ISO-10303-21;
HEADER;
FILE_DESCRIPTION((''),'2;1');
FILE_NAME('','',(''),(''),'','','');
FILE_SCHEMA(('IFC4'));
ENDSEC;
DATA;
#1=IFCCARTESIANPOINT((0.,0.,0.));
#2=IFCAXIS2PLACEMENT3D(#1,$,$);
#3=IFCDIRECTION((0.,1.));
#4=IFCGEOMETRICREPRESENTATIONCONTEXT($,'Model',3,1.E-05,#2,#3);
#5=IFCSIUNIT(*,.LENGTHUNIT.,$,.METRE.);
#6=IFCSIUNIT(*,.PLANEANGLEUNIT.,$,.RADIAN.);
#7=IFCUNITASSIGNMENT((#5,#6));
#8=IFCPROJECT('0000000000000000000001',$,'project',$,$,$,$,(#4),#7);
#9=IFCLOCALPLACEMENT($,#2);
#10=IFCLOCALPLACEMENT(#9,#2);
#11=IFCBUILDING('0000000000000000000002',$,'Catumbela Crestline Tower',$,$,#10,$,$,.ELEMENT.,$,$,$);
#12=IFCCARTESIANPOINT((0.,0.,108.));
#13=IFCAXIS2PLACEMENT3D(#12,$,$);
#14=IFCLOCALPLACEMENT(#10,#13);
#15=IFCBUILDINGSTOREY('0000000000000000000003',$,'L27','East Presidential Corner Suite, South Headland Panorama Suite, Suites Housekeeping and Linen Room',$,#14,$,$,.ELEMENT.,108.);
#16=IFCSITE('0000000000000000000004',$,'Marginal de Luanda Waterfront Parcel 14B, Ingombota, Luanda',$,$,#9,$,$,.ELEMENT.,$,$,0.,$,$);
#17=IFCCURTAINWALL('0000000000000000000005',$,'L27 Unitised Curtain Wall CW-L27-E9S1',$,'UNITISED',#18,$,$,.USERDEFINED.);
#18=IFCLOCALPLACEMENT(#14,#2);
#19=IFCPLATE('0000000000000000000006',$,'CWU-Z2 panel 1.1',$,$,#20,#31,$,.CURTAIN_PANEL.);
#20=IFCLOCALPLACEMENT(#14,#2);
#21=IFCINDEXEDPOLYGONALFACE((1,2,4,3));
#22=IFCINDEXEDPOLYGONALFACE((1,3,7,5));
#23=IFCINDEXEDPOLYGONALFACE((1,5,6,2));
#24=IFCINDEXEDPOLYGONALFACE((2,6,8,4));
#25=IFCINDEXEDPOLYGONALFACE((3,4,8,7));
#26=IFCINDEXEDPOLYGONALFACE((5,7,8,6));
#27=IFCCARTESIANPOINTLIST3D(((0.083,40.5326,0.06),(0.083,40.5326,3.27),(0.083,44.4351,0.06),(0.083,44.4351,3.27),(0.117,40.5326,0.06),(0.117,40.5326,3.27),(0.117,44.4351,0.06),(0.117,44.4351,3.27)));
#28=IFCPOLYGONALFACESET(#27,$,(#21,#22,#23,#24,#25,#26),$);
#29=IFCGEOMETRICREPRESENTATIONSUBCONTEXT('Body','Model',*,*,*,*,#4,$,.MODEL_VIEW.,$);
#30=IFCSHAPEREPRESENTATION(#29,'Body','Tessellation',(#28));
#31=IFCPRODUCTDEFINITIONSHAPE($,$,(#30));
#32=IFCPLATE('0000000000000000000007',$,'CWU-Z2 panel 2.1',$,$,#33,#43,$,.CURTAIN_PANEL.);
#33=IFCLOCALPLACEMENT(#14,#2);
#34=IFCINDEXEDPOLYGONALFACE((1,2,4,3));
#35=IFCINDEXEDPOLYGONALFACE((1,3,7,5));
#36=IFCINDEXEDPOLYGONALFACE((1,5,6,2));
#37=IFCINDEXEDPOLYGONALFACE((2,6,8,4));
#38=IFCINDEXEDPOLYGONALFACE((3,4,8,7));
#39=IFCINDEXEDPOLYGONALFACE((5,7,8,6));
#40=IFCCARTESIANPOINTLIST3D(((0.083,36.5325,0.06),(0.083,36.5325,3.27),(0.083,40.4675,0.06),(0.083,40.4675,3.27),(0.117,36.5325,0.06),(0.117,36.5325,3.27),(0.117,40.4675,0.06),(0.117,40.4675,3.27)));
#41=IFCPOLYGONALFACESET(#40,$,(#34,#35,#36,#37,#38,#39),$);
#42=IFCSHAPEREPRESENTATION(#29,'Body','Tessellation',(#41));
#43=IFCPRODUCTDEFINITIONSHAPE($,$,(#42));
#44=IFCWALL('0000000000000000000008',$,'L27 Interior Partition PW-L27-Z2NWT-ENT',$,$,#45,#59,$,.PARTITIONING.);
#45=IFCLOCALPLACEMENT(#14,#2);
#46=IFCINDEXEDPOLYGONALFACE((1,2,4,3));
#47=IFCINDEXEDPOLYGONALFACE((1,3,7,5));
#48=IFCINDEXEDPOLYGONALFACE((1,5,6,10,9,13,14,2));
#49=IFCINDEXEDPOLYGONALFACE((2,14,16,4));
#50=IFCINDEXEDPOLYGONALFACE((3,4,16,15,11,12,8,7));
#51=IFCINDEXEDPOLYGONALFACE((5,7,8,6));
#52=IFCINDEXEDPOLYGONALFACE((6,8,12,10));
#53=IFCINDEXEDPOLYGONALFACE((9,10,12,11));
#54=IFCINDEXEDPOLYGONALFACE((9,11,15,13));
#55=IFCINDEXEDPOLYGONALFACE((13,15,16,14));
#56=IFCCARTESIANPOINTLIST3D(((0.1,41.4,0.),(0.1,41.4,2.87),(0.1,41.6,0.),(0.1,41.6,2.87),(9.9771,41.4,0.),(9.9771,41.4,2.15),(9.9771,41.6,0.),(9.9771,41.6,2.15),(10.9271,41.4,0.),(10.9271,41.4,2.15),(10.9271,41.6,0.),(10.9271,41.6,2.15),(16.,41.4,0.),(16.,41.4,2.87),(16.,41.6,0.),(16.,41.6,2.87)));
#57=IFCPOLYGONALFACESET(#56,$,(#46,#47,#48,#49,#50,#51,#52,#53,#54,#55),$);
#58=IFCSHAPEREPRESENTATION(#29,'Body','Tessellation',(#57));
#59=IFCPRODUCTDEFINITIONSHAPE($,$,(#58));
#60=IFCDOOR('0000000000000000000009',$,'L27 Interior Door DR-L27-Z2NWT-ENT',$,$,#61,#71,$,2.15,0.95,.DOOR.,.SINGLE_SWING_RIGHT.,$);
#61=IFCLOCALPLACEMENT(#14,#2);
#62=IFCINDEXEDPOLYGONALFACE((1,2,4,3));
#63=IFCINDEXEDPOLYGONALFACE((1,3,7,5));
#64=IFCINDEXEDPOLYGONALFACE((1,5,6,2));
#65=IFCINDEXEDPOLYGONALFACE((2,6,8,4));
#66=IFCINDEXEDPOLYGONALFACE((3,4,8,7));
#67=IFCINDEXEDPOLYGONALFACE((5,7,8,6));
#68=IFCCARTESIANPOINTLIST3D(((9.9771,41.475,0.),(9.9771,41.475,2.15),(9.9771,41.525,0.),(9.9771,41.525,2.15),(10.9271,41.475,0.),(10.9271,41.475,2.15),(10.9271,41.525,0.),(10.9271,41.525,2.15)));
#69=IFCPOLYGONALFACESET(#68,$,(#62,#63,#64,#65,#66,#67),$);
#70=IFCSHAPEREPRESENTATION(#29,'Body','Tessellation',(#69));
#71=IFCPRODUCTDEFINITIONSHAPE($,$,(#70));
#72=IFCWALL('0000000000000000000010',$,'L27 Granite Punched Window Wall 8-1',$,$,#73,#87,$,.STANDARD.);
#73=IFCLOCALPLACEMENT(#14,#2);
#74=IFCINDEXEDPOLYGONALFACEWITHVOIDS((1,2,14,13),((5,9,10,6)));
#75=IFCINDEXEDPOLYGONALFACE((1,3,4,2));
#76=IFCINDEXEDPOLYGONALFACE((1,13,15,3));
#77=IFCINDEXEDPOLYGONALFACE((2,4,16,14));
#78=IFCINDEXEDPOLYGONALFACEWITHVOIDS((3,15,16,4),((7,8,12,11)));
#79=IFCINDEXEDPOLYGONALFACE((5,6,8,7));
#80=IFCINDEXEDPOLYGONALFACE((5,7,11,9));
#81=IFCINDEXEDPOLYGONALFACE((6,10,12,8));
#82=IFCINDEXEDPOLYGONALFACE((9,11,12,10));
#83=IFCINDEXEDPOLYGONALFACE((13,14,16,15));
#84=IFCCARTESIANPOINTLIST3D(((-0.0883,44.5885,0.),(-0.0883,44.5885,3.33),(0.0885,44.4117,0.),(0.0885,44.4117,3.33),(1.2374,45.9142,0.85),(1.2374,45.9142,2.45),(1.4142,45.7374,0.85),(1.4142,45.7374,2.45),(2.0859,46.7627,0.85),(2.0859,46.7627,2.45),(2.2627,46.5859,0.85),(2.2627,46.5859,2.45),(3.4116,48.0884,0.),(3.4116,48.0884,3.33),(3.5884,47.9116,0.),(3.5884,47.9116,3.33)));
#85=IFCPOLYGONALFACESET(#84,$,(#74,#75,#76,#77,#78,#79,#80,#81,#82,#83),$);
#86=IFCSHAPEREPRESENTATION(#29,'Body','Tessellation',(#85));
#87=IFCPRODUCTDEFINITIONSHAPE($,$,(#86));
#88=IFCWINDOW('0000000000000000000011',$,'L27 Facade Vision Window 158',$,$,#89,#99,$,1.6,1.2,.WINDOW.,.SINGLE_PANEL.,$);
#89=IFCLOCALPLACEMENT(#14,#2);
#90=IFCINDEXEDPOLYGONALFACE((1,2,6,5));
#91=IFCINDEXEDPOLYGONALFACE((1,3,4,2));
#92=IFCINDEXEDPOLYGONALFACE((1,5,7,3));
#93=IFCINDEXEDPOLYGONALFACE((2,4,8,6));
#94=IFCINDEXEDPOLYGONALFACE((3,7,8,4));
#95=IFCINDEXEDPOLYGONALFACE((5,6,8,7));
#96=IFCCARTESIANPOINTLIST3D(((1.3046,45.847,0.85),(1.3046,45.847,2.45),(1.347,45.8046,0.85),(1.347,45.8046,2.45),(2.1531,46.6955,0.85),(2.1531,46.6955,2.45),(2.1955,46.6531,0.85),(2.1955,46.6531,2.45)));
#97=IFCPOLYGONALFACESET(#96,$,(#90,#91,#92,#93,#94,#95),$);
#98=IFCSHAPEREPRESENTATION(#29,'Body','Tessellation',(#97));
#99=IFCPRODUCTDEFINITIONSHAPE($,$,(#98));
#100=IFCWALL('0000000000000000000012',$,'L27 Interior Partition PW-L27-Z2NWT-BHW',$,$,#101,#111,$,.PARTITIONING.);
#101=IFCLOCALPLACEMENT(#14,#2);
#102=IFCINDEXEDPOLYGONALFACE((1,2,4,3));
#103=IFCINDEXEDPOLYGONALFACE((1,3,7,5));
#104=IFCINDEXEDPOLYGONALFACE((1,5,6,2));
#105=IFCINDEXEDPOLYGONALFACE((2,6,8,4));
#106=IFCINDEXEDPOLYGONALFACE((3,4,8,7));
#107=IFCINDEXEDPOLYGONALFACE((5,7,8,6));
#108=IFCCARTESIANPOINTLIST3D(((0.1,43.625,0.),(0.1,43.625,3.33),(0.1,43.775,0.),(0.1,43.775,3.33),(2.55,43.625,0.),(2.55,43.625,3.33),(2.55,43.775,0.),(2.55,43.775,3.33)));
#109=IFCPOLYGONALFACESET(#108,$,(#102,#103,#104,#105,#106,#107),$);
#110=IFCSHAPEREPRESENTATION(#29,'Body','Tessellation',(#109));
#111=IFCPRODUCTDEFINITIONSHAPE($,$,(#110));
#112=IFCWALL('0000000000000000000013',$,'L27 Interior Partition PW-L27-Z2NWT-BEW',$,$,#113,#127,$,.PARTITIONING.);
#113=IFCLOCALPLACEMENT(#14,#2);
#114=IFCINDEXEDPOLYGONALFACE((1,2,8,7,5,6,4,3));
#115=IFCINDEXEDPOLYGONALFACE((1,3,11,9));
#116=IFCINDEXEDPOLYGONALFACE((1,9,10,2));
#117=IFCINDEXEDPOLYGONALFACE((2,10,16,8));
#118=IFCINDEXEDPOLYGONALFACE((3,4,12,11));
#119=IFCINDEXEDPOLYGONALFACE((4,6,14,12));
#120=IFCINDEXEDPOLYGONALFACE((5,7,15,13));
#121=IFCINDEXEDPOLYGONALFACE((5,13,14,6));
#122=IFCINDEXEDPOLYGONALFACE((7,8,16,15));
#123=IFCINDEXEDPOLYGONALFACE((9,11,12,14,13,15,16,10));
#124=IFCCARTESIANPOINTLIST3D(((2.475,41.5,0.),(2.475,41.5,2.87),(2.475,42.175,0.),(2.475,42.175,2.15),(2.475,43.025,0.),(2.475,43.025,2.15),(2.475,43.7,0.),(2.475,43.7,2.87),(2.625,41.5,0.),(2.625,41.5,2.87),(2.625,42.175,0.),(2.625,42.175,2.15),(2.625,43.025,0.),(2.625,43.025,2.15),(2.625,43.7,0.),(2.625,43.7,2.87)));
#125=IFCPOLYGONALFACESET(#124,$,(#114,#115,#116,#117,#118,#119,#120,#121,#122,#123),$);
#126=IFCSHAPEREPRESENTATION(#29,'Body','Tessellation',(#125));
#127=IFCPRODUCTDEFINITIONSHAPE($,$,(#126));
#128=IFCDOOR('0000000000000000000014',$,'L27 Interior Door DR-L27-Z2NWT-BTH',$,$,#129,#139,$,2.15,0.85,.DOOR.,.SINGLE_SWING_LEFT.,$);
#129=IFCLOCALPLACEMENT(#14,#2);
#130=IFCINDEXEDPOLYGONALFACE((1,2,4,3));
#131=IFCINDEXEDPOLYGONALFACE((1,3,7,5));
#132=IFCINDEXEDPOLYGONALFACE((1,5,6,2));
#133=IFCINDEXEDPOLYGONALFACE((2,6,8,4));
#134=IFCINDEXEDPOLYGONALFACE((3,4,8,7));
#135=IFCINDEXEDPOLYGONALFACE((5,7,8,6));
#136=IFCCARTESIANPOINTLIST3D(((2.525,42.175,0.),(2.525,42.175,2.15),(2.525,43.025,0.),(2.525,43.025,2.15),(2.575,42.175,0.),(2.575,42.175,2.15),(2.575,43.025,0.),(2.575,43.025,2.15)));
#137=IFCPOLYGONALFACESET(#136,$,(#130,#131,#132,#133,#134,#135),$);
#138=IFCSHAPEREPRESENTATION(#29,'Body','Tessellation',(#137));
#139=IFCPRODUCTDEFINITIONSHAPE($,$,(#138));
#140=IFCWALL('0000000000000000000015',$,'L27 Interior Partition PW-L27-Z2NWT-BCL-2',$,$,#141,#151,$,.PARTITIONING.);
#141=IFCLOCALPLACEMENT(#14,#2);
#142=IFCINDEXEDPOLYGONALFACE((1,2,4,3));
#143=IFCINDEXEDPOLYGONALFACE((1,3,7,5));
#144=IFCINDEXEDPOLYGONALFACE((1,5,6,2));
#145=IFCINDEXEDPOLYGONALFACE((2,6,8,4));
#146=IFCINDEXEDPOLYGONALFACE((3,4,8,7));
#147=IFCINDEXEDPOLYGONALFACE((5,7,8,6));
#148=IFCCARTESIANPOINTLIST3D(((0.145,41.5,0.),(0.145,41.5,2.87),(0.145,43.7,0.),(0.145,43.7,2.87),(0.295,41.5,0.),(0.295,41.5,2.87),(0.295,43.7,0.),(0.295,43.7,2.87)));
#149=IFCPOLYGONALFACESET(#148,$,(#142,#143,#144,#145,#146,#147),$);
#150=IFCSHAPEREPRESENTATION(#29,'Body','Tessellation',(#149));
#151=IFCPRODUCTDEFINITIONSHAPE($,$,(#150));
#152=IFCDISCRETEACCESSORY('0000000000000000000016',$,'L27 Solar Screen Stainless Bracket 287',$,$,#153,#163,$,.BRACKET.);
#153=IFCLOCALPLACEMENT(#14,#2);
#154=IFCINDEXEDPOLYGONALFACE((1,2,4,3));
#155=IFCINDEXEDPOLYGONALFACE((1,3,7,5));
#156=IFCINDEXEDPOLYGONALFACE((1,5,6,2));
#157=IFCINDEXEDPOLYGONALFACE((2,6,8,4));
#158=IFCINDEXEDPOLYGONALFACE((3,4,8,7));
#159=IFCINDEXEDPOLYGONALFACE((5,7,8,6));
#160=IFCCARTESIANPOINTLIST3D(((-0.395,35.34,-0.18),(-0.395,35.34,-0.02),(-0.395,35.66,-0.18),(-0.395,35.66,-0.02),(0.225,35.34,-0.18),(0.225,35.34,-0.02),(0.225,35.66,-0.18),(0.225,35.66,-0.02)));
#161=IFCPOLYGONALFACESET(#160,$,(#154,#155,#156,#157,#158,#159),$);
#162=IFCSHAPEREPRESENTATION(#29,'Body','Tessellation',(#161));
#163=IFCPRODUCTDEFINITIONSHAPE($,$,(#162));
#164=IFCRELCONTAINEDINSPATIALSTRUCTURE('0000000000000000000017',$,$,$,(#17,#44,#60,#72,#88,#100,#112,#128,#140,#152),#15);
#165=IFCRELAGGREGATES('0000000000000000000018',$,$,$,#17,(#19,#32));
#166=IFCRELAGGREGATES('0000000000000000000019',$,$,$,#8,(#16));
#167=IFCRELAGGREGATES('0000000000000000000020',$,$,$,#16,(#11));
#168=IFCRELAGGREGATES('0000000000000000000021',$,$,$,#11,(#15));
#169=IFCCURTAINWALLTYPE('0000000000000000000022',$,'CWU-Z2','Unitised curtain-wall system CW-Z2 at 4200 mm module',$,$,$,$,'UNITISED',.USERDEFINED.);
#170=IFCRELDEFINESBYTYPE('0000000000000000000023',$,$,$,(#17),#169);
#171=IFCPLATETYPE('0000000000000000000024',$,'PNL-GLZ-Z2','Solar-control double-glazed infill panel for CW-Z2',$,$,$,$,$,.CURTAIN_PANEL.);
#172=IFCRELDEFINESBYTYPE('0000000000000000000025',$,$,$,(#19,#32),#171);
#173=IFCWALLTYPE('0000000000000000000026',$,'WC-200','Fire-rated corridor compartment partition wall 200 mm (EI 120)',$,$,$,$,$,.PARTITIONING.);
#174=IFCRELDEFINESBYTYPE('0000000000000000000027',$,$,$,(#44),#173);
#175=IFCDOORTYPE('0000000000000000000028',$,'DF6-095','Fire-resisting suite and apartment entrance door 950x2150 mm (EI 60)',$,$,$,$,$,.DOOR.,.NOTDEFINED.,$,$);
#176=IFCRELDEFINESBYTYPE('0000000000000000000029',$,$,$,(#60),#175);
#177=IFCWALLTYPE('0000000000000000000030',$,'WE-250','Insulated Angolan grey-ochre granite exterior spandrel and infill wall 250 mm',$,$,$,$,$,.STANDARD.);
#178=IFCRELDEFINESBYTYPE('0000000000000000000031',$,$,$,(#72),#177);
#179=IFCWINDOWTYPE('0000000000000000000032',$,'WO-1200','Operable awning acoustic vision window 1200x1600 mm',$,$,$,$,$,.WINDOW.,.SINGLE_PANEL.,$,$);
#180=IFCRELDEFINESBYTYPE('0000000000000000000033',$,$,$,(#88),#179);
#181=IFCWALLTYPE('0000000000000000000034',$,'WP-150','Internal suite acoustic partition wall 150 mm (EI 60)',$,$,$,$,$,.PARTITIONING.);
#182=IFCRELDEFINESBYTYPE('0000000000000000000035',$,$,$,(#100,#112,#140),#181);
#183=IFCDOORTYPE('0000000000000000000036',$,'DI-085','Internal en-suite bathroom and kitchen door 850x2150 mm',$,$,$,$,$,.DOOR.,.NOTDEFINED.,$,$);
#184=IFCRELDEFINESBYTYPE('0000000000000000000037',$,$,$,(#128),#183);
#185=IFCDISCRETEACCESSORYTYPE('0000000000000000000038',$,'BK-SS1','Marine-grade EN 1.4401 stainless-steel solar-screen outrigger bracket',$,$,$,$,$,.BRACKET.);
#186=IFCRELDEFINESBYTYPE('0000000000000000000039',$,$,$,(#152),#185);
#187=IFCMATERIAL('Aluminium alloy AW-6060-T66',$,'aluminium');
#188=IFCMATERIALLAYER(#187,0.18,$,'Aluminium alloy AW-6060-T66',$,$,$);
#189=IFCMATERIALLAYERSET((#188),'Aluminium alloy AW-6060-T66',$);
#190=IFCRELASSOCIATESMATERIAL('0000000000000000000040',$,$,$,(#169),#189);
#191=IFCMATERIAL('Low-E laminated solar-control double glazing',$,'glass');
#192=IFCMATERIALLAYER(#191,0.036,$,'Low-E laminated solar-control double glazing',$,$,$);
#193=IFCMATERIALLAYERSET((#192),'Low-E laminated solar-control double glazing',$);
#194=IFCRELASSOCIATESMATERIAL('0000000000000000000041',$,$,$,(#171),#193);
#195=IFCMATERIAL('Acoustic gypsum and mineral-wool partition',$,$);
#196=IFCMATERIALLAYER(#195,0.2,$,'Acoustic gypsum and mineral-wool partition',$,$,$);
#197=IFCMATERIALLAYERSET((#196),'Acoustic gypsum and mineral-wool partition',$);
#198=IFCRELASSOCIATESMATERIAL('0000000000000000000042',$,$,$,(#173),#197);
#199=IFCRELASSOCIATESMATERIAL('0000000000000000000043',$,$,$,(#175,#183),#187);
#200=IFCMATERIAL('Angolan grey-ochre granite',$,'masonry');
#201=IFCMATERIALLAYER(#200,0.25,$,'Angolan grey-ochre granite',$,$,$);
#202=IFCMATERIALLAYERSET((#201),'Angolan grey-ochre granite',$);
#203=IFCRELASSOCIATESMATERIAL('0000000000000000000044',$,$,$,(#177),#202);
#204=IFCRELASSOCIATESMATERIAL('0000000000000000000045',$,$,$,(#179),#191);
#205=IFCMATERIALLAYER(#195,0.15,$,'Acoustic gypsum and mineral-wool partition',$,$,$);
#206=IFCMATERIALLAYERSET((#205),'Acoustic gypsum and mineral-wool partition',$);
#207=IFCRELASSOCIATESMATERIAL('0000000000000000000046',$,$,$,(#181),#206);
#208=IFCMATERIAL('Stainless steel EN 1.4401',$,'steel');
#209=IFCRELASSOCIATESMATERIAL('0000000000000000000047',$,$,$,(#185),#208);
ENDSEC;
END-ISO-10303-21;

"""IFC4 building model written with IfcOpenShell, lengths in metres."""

from ifc_helpers import new_model, si_unit, direction, frame, frame_2d, origin, origin_2d, place, context, subcontext, project, spatial, rectangle, extrude, material, layer, layer_set, type_object, element, fill, aggregate, save


model = new_model("IFC4")

# Units and contexts
model_context = context("Model", 3, precision=1e-05, world=origin(), true_north=direction((0.0, 1.0)))
body_context = subcontext(model_context, "Body", "Model", "MODEL_VIEW")
ifc_project = project(units=[si_unit("LENGTHUNIT", "METRE"), si_unit("PLANEANGLEUNIT", "RADIAN")], contexts=[model_context])

# Site, building, storey
site_placement = place(None, origin())
site = spatial("IfcSite", under=ifc_project, at=site_placement, Name="Marginal de Luanda Waterfront Parcel 14B, Ingombota, Luanda", CompositionType="ELEMENT", RefElevation=0.0)
building_placement = place(site_placement, origin())
building = spatial("IfcBuilding", under=site, at=building_placement, Name="Catumbela Crestline Tower", CompositionType="ELEMENT")
storey_placement = place(building_placement, frame((0.0, 0.0, 108.0)))
storey = spatial("IfcBuildingStorey", under=building, at=storey_placement, Name="L27", Description="East Presidential Corner Suite, South Headland Panorama Suite, Suites Housekeeping and Linen Room", CompositionType="ELEMENT", Elevation=108.0)

# Shared definitions
ifc_material_1 = material(Name="Aluminium alloy AW-6060-T66", Category="aluminium")
ifc_layer_1 = layer(ifc_material_1, 0.18, Name="Aluminium alloy AW-6060-T66")
ifc_layer_set_1 = layer_set([ifc_layer_1], Name="Aluminium alloy AW-6060-T66")
curtain_wall_type = type_object("IfcCurtainWallType", Name="CWU-Z2", Description="Unitised curtain-wall system CW-Z2 at 4200 mm module", ElementType="UNITISED", PredefinedType="USERDEFINED", material=ifc_layer_set_1)

# Curtain wall
curtain_wall_1_placement = place(storey_placement, origin())
curtain_wall_1 = element("IfcCurtainWall", 1, at=curtain_wall_1_placement, inside=storey, type_object=curtain_wall_type, Name="L27 Unitised Curtain Wall CW-L27-E9S1", ObjectType="UNITISED", PredefinedType="USERDEFINED")

# Plates
ifc_material_2 = material(Name="Low-E laminated solar-control double glazing", Category="glass")
ifc_layer_2 = layer(ifc_material_2, 0.036, Name="Low-E laminated solar-control double glazing")
ifc_layer_set_2 = layer_set([ifc_layer_2], Name="Low-E laminated solar-control double glazing")
plate_type = type_object("IfcPlateType", Name="PNL-GLZ-Z2", Description="Solar-control double-glazed infill panel for CW-Z2", PredefinedType="CURTAIN_PANEL", material=ifc_layer_set_2)
plate_1_placement = place(storey_placement, frame((0.1, 42.4838, 0.06), z_axis=(0.0, 0.0, 1.0), x_axis=(0.0, -1.0, 0.0)))
plate_1 = element("IfcPlate", 2, at=plate_1_placement, type_object=plate_type, Name="CWU-Z2 panel 1.1", PredefinedType="CURTAIN_PANEL", context=body_context, shape_type="SweptSolid", body=[
    extrude(rectangle(XDim=3.9025, YDim=0.034, at=origin_2d()), origin(), (0.0, 0.0, 1.0), 3.21),
])
plate_2_placement = place(storey_placement, frame((0.1, 38.5, 0.06), z_axis=(0.0, 0.0, 1.0), x_axis=(0.0, -1.0, 0.0)))
plate_2 = element("IfcPlate", 3, at=plate_2_placement, type_object=plate_type, Name="CWU-Z2 panel 2.1", PredefinedType="CURTAIN_PANEL", context=body_context, shape_type="SweptSolid", body=[
    extrude(rectangle(XDim=3.935, YDim=0.034, at=origin_2d()), origin(), (0.0, 0.0, 1.0), 3.21),
])
aggregate(curtain_wall_1, [plate_1, plate_2])

# Wall, opening, door
ifc_material_3 = material(Name="Acoustic gypsum and mineral-wool partition")
ifc_layer_3 = layer(ifc_material_3, 0.2, Name="Acoustic gypsum and mineral-wool partition")
ifc_layer_set_3 = layer_set([ifc_layer_3], Name="Acoustic gypsum and mineral-wool partition")
wall_type_1 = type_object("IfcWallType", Name="WC-200", Description="Fire-rated corridor compartment partition wall 200 mm (EI 120)", PredefinedType="PARTITIONING", material=ifc_layer_set_3)
wall_1_placement = place(storey_placement, frame((0.1, 41.5, 0.0), z_axis=(0.0, 0.0, 1.0), x_axis=(1.0, 0.0, 0.0)))
wall_1 = element("IfcWall", 4, at=wall_1_placement, inside=storey, type_object=wall_type_1, Name="L27 Interior Partition PW-L27-Z2NWT-ENT", PredefinedType="PARTITIONING", context=body_context, shape_type="SweptSolid", body=[
    extrude(rectangle(XDim=15.9, YDim=0.2, at=frame_2d((7.95, 0.0))), origin(), (0.0, 0.0, 1.0), 2.87),
])
opening_1_placement = place(wall_1_placement, frame((9.8771, 0.0, 0.0)))
opening_1 = element("IfcOpeningElement", 5, at=opening_1_placement, cuts=wall_1, PredefinedType="OPENING", context=body_context, shape_type="SweptSolid", body=[
    extrude(rectangle(XDim=0.95, YDim=2.15, at=frame_2d((0.475, 1.075))), frame((0.0, 0.11, 0.0), z_axis=(0.0, -1.0, 0.0), x_axis=(1.0, 0.0, 0.0)), (0.0, 0.0, 1.0), 0.22),
])
door_type_1 = type_object("IfcDoorType", Name="DF6-095", Description="Fire-resisting suite and apartment entrance door 950x2150 mm (EI 60)", OperationType="NOTDEFINED", PredefinedType="DOOR", material=ifc_material_1)
door_1_placement = place(opening_1_placement, origin())
door_1 = element("IfcDoor", 6, at=door_1_placement, inside=storey, type_object=door_type_1, Name="L27 Interior Door DR-L27-Z2NWT-ENT", OperationType="SINGLE_SWING_RIGHT", OverallHeight=2.15, OverallWidth=0.95, PredefinedType="DOOR", context=body_context, shape_type="SweptSolid", body=[
    extrude(rectangle(XDim=0.95, YDim=2.15, at=frame_2d((0.475, 1.075))), frame((0.0, 0.025, 0.0), z_axis=(0.0, -1.0, 0.0), x_axis=(1.0, 0.0, 0.0)), (0.0, 0.0, 1.0), 0.05),
])
fill(opening_1, door_1)

# Wall, opening, window
ifc_material_4 = material(Name="Angolan grey-ochre granite", Category="masonry")
ifc_layer_4 = layer(ifc_material_4, 0.25, Name="Angolan grey-ochre granite")
ifc_layer_set_4 = layer_set([ifc_layer_4], Name="Angolan grey-ochre granite")
wall_type_2 = type_object("IfcWallType", Name="WE-250", Description="Insulated Angolan grey-ochre granite exterior spandrel and infill wall 250 mm", PredefinedType="STANDARD", material=ifc_layer_set_4)
wall_2_placement = place(storey_placement, frame((3.5, 48.0, 0.0), z_axis=(0.0, 0.0, 1.0), x_axis=(-0.707107, -0.707107, 0.0)))
wall_2 = element("IfcWall", 7, at=wall_2_placement, inside=storey, type_object=wall_type_2, Name="L27 Granite Punched Window Wall 8-1", PredefinedType="STANDARD", context=body_context, shape_type="SweptSolid", body=[
    extrude(rectangle(XDim=4.9497, YDim=0.25, at=frame_2d((2.4748, 0.0))), origin(), (0.0, 0.0, 1.0), 3.33),
])
opening_2_placement = place(wall_2_placement, frame((1.8748, 0.0, 0.85)))
opening_2 = element("IfcOpeningElement", 8, at=opening_2_placement, cuts=wall_2, PredefinedType="OPENING", context=body_context, shape_type="SweptSolid", body=[
    extrude(rectangle(XDim=1.2, YDim=1.6, at=frame_2d((0.6, 0.8))), frame((0.0, 0.135, 0.0), z_axis=(0.0, -1.0, 0.0), x_axis=(1.0, 0.0, 0.0)), (0.0, 0.0, 1.0), 0.27),
])
window_type = type_object("IfcWindowType", Name="WO-1200", Description="Operable awning acoustic vision window 1200x1600 mm", PartitioningType="SINGLE_PANEL", PredefinedType="WINDOW", material=ifc_material_2)
window_placement = place(opening_2_placement, origin())
window = element("IfcWindow", 9, at=window_placement, inside=storey, type_object=window_type, Name="L27 Facade Vision Window 158", OverallHeight=1.6, OverallWidth=1.2, PartitioningType="SINGLE_PANEL", PredefinedType="WINDOW", context=body_context, shape_type="SweptSolid", body=[
    extrude(rectangle(XDim=1.2, YDim=1.6, at=frame_2d((0.6, 0.8))), frame((0.0, 0.03, 0.0), z_axis=(0.0, -1.0, 0.0), x_axis=(1.0, 0.0, 0.0)), (0.0, 0.0, 1.0), 0.06),
])
fill(opening_2, window)

# Wall
ifc_layer_5 = layer(ifc_material_3, 0.15, Name="Acoustic gypsum and mineral-wool partition")
ifc_layer_set_5 = layer_set([ifc_layer_5], Name="Acoustic gypsum and mineral-wool partition")
wall_type_3 = type_object("IfcWallType", Name="WP-150", Description="Internal suite acoustic partition wall 150 mm (EI 60)", PredefinedType="PARTITIONING", material=ifc_layer_set_5)
wall_3_placement = place(storey_placement, frame((0.1, 43.7, 0.0), z_axis=(0.0, 0.0, 1.0), x_axis=(1.0, 0.0, 0.0)))
element("IfcWall", 10, at=wall_3_placement, inside=storey, type_object=wall_type_3, Name="L27 Interior Partition PW-L27-Z2NWT-BHW", PredefinedType="PARTITIONING", context=body_context, shape_type="SweptSolid", body=[
    extrude(rectangle(XDim=2.45, YDim=0.15, at=frame_2d((1.225, 0.0))), origin(), (0.0, 0.0, 1.0), 3.33),
])

# Wall, opening, door
wall_4_placement = place(storey_placement, frame((2.55, 41.5, 0.0), z_axis=(0.0, 0.0, 1.0), x_axis=(0.0, 1.0, 0.0)))
wall_4 = element("IfcWall", 11, at=wall_4_placement, inside=storey, type_object=wall_type_3, Name="L27 Interior Partition PW-L27-Z2NWT-BEW", PredefinedType="PARTITIONING", context=body_context, shape_type="SweptSolid", body=[
    extrude(rectangle(XDim=2.2, YDim=0.15, at=frame_2d((1.1, 0.0))), origin(), (0.0, 0.0, 1.0), 2.87),
])
opening_3_placement = place(wall_4_placement, frame((0.675, 0.0, 0.0)))
opening_3 = element("IfcOpeningElement", 12, at=opening_3_placement, cuts=wall_4, PredefinedType="OPENING", context=body_context, shape_type="SweptSolid", body=[
    extrude(rectangle(XDim=0.85, YDim=2.15, at=frame_2d((0.425, 1.075))), frame((0.0, 0.085, 0.0), z_axis=(0.0, -1.0, 0.0), x_axis=(1.0, 0.0, 0.0)), (0.0, 0.0, 1.0), 0.17),
])
door_type_2 = type_object("IfcDoorType", Name="DI-085", Description="Internal en-suite bathroom and kitchen door 850x2150 mm", OperationType="NOTDEFINED", PredefinedType="DOOR", material=ifc_material_1)
door_2_placement = place(opening_3_placement, origin())
door_2 = element("IfcDoor", 13, at=door_2_placement, inside=storey, type_object=door_type_2, Name="L27 Interior Door DR-L27-Z2NWT-BTH", OperationType="SINGLE_SWING_LEFT", OverallHeight=2.15, OverallWidth=0.85, PredefinedType="DOOR", context=body_context, shape_type="SweptSolid", body=[
    extrude(rectangle(XDim=0.85, YDim=2.15, at=frame_2d((0.425, 1.075))), frame((0.0, 0.025, 0.0), z_axis=(0.0, -1.0, 0.0), x_axis=(1.0, 0.0, 0.0)), (0.0, 0.0, 1.0), 0.05),
])
fill(opening_3, door_2)

# Wall
wall_5_placement = place(storey_placement, frame((0.22, 41.5, 0.0), z_axis=(0.0, 0.0, 1.0), x_axis=(0.0, 1.0, 0.0)))
element("IfcWall", 14, at=wall_5_placement, inside=storey, type_object=wall_type_3, Name="L27 Interior Partition PW-L27-Z2NWT-BCL-2", PredefinedType="PARTITIONING", context=body_context, shape_type="SweptSolid", body=[
    extrude(rectangle(XDim=2.2, YDim=0.15, at=frame_2d((1.1, 0.0))), origin(), (0.0, 0.0, 1.0), 2.87),
])

# Discrete accessory
ifc_material_5 = material(Name="Stainless steel EN 1.4401", Category="steel")
discrete_accessory_type = type_object("IfcDiscreteAccessoryType", Name="BK-SS1", Description="Marine-grade EN 1.4401 stainless-steel solar-screen outrigger bracket", PredefinedType="BRACKET", material=ifc_material_5)
discrete_accessory_placement = place(storey_placement, frame((-0.085, 35.5, -0.18), z_axis=(0.0, 0.0, 1.0), x_axis=(0.0, -1.0, 0.0)))
element("IfcDiscreteAccessory", 15, at=discrete_accessory_placement, inside=storey, type_object=discrete_accessory_type, Name="L27 Solar Screen Stainless Bracket 287", PredefinedType="BRACKET", context=body_context, shape_type="SweptSolid", body=[
    extrude(rectangle(XDim=0.32, YDim=0.62, at=origin_2d()), origin(), (0.0, 0.0, 1.0), 0.16),
])

save(model, "model.ifc")
